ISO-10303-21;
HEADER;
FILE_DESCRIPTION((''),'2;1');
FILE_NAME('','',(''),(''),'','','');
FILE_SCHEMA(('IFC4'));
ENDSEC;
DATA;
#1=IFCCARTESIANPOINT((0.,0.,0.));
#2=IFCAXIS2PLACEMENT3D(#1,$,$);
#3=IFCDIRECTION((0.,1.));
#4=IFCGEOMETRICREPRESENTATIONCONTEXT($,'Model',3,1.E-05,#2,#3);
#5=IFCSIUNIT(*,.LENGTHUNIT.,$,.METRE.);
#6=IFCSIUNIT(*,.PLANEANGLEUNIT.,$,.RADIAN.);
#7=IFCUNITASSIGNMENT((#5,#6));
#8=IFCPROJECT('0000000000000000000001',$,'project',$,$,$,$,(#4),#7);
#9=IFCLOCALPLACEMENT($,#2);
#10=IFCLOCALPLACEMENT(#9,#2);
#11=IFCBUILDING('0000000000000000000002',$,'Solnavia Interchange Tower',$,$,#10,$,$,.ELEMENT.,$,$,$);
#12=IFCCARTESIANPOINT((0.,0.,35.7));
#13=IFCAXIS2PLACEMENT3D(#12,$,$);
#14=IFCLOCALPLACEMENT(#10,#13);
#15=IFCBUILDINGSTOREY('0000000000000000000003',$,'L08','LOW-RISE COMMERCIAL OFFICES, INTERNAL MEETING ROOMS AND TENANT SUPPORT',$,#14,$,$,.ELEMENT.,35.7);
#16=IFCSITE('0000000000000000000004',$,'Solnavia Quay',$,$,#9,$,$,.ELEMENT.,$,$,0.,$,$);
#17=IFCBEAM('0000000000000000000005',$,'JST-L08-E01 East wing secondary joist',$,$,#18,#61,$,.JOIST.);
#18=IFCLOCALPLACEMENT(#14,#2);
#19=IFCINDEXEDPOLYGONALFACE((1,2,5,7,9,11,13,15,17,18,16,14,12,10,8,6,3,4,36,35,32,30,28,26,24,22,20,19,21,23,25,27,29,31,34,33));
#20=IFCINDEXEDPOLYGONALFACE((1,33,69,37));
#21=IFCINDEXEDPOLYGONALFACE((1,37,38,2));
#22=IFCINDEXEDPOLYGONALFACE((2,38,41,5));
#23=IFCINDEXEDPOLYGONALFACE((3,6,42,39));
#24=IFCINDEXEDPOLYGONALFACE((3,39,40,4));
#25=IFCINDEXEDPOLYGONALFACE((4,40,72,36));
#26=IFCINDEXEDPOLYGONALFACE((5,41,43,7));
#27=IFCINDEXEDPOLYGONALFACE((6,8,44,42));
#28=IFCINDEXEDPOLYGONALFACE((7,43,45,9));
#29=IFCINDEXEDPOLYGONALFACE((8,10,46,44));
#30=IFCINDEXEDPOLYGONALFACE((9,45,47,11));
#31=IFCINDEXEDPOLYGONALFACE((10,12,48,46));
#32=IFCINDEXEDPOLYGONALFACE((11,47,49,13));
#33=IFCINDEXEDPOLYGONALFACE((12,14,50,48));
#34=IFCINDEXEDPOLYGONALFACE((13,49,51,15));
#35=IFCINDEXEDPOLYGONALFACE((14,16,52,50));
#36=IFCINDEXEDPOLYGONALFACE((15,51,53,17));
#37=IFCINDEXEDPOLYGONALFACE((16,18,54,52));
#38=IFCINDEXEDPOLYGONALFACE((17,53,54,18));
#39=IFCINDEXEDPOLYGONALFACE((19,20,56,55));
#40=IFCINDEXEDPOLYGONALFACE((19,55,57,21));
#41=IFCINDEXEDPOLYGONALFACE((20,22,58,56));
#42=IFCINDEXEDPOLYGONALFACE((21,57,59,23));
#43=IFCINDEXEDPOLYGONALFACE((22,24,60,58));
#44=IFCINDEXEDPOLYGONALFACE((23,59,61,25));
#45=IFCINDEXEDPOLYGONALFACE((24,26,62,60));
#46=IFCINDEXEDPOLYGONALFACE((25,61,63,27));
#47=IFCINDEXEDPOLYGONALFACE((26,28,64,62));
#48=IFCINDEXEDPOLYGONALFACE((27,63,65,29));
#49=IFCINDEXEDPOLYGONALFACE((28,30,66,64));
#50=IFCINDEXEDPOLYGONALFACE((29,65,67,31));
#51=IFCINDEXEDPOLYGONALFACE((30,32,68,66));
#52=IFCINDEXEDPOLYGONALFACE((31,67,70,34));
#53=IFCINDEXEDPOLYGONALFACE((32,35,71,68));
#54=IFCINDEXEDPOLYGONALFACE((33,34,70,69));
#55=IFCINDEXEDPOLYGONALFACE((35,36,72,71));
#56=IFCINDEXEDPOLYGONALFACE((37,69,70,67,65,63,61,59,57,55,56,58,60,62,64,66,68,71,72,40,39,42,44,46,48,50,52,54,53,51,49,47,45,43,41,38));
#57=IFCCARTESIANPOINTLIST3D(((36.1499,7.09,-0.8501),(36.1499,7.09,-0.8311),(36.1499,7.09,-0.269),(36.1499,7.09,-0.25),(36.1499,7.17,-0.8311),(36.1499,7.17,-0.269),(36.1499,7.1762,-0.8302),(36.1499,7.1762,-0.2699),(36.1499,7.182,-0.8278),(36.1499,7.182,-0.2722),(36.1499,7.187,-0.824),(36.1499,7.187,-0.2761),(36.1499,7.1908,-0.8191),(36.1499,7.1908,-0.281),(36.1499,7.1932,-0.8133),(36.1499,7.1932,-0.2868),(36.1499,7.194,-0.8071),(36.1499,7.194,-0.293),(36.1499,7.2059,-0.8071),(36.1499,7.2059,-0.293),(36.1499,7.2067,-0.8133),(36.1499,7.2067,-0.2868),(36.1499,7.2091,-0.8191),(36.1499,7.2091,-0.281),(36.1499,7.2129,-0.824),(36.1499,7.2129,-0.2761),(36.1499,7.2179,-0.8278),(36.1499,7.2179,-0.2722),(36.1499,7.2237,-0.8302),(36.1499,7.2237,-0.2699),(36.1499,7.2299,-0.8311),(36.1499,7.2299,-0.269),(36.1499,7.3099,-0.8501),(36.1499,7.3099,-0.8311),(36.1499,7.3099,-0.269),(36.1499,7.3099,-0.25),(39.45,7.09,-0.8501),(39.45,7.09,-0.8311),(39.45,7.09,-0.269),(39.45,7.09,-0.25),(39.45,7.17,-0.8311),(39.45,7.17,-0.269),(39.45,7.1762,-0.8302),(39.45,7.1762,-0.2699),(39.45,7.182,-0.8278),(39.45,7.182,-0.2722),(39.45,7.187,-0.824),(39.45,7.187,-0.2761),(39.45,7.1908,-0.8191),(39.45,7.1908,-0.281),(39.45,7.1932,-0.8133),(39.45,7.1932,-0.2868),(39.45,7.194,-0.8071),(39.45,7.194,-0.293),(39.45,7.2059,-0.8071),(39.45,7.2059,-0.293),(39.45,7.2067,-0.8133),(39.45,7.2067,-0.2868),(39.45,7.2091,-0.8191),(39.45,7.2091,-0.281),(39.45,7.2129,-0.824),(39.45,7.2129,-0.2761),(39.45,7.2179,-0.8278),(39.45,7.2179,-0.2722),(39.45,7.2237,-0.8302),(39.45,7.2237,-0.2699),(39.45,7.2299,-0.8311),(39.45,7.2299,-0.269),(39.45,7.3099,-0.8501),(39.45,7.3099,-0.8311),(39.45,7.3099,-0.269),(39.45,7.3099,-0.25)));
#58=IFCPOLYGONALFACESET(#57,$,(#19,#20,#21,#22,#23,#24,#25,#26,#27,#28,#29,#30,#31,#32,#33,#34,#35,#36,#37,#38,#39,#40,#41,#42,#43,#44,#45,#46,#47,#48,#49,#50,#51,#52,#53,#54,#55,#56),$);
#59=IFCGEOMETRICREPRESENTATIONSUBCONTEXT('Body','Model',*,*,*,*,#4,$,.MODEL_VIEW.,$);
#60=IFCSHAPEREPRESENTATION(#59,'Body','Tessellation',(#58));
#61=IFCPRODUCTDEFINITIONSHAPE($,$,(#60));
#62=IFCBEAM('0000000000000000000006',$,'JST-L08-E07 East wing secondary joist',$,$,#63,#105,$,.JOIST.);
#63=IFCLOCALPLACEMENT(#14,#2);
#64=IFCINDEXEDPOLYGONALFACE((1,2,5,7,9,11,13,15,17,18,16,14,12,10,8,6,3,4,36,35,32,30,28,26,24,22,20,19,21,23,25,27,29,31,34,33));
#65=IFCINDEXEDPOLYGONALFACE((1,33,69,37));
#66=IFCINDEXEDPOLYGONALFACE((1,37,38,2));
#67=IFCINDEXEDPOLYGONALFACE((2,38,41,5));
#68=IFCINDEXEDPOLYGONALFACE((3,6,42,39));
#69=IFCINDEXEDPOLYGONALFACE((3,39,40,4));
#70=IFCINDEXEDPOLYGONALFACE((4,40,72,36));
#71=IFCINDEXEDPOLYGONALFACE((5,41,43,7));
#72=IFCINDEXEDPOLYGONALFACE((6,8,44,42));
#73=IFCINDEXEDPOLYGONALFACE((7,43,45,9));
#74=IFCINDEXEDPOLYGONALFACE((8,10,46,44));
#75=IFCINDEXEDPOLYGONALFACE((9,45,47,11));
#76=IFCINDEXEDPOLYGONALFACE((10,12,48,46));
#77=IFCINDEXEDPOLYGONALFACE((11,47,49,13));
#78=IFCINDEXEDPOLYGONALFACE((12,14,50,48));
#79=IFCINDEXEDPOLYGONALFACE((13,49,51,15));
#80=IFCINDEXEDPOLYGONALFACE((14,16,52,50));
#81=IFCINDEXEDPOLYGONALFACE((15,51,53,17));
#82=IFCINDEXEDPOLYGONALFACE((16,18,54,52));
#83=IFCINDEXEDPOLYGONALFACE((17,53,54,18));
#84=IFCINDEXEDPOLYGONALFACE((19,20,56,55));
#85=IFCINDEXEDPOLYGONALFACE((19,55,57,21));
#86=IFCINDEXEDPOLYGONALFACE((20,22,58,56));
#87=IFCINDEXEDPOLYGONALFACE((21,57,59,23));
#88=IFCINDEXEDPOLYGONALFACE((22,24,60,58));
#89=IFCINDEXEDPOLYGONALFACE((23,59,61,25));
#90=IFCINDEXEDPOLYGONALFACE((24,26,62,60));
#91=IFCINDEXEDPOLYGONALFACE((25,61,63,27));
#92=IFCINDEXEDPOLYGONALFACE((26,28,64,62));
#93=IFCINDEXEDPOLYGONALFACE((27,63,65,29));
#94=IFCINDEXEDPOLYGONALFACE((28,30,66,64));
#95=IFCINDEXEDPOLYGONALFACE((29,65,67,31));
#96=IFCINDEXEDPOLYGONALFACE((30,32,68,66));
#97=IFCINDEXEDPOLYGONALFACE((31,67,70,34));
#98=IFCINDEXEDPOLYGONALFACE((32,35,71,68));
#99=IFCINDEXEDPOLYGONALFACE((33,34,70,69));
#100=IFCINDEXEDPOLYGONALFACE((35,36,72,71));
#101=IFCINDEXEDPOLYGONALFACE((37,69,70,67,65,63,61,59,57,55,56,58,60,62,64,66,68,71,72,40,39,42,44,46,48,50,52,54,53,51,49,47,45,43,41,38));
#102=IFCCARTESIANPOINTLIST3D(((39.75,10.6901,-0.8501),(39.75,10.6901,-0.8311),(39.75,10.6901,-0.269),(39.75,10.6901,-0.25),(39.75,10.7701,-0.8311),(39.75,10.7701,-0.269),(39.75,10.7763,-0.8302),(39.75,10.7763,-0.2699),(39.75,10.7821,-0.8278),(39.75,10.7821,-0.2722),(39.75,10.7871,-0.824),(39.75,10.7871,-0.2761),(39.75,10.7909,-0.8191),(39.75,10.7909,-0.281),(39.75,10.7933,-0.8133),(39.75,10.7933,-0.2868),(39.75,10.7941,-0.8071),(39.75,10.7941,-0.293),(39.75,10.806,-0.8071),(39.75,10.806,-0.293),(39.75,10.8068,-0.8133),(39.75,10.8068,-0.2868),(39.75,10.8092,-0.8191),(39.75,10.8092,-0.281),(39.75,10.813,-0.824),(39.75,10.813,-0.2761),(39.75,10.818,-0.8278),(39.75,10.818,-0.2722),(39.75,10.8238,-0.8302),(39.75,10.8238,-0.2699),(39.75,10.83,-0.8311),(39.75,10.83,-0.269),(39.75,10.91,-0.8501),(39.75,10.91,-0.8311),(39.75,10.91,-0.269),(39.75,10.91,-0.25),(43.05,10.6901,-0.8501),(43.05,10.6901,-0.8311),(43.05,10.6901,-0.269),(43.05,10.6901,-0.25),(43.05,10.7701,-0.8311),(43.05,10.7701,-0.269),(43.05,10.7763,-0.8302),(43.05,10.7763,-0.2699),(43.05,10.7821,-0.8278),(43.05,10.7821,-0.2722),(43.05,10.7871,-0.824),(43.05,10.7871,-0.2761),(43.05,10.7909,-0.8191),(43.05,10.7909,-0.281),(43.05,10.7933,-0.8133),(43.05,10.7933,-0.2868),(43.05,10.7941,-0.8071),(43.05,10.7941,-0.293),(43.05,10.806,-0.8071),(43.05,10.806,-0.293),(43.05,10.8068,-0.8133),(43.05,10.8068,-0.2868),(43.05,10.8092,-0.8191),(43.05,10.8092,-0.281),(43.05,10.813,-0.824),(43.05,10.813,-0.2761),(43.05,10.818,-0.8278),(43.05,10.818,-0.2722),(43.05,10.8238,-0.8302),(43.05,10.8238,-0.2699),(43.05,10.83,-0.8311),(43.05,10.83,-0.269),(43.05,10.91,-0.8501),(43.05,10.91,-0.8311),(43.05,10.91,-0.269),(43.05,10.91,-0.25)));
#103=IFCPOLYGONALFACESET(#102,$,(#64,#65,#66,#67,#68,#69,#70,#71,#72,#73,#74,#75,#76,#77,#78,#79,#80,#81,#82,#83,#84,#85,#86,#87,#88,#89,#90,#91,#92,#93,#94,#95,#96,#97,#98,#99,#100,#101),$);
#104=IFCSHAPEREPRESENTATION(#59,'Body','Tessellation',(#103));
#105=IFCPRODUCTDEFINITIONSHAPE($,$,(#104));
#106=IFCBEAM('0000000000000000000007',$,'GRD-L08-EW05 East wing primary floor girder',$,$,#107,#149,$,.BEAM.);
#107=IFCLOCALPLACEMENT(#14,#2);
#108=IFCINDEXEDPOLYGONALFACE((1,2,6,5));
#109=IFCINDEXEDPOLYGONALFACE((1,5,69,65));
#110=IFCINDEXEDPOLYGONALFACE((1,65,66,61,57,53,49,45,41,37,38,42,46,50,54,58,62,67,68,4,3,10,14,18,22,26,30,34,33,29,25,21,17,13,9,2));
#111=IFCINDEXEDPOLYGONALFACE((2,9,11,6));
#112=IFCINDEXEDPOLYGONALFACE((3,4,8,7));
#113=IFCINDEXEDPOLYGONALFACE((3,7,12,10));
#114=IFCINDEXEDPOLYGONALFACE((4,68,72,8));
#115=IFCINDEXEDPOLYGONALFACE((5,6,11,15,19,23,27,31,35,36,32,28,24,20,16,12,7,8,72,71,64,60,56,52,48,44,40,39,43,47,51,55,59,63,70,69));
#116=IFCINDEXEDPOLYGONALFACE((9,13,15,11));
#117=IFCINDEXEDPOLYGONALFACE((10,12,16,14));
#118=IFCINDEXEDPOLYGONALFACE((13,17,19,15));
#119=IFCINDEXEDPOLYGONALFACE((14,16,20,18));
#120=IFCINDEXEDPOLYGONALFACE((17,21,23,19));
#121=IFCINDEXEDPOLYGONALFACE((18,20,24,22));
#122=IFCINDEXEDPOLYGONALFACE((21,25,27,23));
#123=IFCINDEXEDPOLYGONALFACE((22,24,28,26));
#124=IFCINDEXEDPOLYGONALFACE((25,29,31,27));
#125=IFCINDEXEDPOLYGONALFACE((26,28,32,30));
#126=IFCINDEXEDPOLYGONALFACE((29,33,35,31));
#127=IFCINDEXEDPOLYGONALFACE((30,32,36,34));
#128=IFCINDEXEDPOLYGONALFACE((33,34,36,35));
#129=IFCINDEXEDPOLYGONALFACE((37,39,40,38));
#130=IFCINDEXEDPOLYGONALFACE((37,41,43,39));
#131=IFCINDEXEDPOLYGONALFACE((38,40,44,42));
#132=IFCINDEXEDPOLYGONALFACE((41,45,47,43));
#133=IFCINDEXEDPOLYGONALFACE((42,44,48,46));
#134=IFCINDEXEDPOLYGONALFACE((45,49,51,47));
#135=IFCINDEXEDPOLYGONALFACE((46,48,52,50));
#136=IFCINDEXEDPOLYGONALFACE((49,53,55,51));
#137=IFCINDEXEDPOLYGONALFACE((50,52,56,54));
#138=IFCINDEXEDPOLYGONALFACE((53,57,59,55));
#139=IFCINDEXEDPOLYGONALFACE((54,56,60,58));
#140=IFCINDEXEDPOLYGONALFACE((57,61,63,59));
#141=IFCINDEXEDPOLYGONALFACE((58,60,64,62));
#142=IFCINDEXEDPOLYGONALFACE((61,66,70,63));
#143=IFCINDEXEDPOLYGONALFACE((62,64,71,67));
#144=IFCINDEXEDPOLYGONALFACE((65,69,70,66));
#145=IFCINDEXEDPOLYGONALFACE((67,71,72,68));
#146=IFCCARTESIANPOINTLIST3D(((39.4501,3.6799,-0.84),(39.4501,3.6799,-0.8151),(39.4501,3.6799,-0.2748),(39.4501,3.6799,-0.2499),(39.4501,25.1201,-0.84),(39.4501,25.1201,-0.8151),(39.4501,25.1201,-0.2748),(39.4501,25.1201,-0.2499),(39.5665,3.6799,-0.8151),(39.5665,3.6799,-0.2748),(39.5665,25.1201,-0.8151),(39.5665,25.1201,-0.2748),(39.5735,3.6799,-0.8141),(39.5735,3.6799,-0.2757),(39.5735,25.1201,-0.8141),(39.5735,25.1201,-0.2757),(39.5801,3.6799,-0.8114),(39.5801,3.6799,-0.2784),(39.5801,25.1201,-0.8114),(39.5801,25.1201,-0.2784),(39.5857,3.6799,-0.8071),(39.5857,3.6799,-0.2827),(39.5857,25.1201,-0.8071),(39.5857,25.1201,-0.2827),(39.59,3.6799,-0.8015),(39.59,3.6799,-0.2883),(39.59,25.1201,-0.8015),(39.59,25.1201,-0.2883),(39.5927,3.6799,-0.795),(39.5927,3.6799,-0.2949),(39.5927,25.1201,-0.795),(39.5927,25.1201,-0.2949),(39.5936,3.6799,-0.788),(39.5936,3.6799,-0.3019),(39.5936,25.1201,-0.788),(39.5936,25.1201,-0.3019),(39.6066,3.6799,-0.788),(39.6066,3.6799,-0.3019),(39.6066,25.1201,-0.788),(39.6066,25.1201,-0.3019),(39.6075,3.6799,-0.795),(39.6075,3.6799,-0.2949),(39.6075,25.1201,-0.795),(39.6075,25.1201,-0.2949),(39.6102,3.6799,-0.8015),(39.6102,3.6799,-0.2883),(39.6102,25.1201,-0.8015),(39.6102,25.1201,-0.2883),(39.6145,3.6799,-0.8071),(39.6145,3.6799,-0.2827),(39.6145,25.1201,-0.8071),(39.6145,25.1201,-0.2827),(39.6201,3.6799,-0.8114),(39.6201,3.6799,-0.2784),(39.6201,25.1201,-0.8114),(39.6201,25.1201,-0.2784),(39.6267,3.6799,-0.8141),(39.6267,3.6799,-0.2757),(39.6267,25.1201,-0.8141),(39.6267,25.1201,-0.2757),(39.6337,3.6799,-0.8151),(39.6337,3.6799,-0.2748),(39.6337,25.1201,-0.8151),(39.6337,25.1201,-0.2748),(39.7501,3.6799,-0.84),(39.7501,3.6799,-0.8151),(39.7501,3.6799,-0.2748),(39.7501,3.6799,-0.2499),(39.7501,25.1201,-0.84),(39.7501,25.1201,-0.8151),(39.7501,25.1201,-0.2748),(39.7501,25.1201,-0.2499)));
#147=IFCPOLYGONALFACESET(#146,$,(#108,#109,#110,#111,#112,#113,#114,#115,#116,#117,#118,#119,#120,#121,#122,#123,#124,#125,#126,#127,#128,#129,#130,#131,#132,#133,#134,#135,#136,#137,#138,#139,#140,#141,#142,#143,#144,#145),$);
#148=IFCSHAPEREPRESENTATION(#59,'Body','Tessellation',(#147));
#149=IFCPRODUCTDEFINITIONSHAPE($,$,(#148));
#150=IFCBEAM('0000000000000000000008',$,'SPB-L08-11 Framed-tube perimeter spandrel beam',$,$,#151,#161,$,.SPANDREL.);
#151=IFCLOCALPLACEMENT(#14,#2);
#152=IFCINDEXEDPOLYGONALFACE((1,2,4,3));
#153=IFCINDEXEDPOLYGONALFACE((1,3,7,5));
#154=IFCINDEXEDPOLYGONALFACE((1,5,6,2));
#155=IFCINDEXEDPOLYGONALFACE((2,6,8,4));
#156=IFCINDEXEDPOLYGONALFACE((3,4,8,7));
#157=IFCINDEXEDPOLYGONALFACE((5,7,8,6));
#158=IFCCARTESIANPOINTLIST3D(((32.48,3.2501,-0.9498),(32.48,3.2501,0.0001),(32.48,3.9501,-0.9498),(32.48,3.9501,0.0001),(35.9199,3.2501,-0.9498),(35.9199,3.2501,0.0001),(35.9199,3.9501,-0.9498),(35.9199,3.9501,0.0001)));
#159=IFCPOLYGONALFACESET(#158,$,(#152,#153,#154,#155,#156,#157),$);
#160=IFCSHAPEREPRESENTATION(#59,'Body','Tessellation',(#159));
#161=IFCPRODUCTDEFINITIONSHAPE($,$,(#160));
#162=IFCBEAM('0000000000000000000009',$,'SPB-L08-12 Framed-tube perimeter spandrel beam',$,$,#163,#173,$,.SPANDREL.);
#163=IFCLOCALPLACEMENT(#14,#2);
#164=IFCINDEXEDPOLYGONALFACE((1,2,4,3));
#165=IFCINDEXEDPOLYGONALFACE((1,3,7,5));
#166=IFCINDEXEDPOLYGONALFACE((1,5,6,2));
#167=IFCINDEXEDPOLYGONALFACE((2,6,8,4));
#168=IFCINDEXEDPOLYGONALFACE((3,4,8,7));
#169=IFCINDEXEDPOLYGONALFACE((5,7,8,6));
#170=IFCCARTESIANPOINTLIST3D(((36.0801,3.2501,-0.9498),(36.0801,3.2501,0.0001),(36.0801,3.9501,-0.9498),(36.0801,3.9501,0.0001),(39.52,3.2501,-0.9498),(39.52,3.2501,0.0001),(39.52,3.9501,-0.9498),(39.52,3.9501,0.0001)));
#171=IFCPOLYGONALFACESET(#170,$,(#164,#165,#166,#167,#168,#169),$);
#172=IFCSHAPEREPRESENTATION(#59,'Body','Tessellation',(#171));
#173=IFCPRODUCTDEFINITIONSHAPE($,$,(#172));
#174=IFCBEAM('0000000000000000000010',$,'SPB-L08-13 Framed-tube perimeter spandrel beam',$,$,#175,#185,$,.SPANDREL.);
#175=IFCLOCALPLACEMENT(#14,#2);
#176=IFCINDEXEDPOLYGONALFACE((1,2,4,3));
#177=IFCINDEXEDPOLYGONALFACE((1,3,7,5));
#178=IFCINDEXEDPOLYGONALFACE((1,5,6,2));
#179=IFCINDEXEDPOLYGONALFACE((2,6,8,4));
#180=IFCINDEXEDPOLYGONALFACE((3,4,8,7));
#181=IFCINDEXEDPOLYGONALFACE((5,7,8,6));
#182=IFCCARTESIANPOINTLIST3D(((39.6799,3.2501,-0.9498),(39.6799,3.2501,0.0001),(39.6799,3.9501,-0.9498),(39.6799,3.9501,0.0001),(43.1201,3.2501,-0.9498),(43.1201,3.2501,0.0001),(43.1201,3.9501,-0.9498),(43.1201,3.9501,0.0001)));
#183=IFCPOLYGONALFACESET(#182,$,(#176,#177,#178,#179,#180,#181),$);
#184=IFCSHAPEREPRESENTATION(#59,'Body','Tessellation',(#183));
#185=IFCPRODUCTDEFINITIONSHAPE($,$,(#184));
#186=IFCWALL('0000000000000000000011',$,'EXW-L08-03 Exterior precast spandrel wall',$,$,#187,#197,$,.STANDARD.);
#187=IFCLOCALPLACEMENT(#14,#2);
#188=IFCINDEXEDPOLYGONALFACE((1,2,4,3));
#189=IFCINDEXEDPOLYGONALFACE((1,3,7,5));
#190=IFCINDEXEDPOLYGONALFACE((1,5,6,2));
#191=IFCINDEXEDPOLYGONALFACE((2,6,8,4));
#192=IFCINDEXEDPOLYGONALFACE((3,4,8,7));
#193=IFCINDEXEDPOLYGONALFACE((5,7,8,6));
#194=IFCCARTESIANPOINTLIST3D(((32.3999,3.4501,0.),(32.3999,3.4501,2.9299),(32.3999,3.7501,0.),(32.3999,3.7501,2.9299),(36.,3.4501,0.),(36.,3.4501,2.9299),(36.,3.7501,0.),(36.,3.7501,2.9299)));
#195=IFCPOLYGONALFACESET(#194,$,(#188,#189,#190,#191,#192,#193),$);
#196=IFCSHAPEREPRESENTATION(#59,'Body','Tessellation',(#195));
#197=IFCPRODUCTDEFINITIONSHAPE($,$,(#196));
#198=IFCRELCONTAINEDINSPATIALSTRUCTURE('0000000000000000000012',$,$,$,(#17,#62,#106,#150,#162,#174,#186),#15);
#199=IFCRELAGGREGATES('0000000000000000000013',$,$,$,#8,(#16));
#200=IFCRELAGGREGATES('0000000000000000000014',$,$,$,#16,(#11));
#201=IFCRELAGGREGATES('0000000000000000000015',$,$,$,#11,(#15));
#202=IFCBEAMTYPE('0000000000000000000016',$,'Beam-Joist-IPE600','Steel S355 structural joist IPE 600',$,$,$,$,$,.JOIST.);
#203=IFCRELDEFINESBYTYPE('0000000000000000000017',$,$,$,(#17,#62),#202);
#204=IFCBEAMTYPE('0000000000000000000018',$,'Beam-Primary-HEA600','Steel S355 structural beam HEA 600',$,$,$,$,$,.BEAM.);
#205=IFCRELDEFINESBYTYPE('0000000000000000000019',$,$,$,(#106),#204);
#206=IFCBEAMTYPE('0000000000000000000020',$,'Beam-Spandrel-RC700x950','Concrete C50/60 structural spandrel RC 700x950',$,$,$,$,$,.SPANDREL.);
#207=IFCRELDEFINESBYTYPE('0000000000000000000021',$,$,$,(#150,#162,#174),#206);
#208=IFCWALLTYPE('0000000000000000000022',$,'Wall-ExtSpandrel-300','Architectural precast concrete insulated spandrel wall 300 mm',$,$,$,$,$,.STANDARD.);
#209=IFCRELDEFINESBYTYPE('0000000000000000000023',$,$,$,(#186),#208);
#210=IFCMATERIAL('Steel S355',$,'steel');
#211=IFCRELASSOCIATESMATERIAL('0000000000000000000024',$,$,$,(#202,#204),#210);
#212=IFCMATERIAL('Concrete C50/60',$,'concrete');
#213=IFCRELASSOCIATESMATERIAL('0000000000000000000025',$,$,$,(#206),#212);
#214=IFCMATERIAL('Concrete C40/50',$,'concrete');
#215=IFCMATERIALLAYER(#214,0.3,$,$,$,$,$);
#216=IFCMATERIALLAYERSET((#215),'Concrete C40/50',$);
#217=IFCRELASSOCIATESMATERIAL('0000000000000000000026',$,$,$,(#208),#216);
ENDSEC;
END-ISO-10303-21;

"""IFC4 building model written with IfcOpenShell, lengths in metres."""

from ifc_helpers import new_model, si_unit, direction, frame, frame_2d, origin, origin_2d, place, context, subcontext, project, spatial, rectangle, i_section, extrude, material, layer, layer_set, material_profile, profile_set, type_object, element, save


model = new_model("IFC4")

# Units and contexts
model_context = context("Model", 3, precision=1e-05, world=origin(), true_north=direction((0.0, 1.0)))
body_context = subcontext(model_context, "Body", "Model", "MODEL_VIEW")
ifc_project = project(units=[si_unit("LENGTHUNIT", "METRE"), si_unit("PLANEANGLEUNIT", "RADIAN")], contexts=[model_context])

# Site, building, storey
site_placement = place(None, origin())
site = spatial("IfcSite", under=ifc_project, at=site_placement, Name="Solnavia Quay", CompositionType="ELEMENT", RefElevation=0.0)
building_placement = place(site_placement, origin())
building = spatial("IfcBuilding", under=site, at=building_placement, Name="Solnavia Interchange Tower", CompositionType="ELEMENT")
storey_placement = place(building_placement, frame((0.0, 0.0, 35.7)))
storey = spatial("IfcBuildingStorey", under=building, at=storey_placement, Name="L08", Description="LOW-RISE COMMERCIAL OFFICES, INTERNAL MEETING ROOMS AND TENANT SUPPORT", CompositionType="ELEMENT", Elevation=35.7)

# Shared definitions
ifc_material_1 = material(Name="Steel S355", Category="steel")

# Beams
ifc_material_2 = material(Name="Concrete C50/60", Category="concrete")
ifc_material_profile_1 = material_profile(ifc_material_1, i_section(OverallWidth=0.22, OverallDepth=0.6001, WebThickness=0.012, FlangeThickness=0.019, FilletRadius=0.0239, at=origin_2d()), Name="IPE 600")
ifc_profile_set_1 = profile_set([ifc_material_profile_1], Name="Steel S355")
beam_type_1 = type_object("IfcBeamType", Name="Beam-Joist-IPE600", Description="Steel S355 structural joist IPE 600", PredefinedType="JOIST", material=ifc_profile_set_1)
for number, where, z_axis, x_axis, name in (
    (1, (36.1499, 7.2, -0.55), (1.0, 0.0, 0.0), (0.0, 1.0, 0.0), "JST-L08-E01 East wing secondary joist"),
    (2, (39.75, 10.8, -0.55), (1.0, 0.0, 0.0), (0.0, 1.0, 0.0), "JST-L08-E07 East wing secondary joist"),
):
    element("IfcBeam", number, at=place(storey_placement, frame(where, z_axis=z_axis, x_axis=x_axis)), inside=storey, type_object=beam_type_1, Name=name, PredefinedType="JOIST", context=body_context, shape_type="SweptSolid", body=[
        extrude(i_section(OverallWidth=0.22, OverallDepth=0.6001, WebThickness=0.012, FlangeThickness=0.019, FilletRadius=0.0239, at=origin_2d()), origin(), (0.0, 0.0, 1.0), 3.3),
    ])
ifc_material_profile_2 = material_profile(ifc_material_1, i_section(OverallWidth=0.3, OverallDepth=0.5901, WebThickness=0.0129, FlangeThickness=0.0249, FilletRadius=0.0271, at=origin_2d()), Name="HEA 600")
ifc_profile_set_2 = profile_set([ifc_material_profile_2], Name="Steel S355")
beam_type_2 = type_object("IfcBeamType", Name="Beam-Primary-HEA600", Description="Steel S355 structural beam HEA 600", PredefinedType="BEAM", material=ifc_profile_set_2)
beam_1_placement = place(storey_placement, frame((39.6001, 3.6799, -0.5449), z_axis=(0.0, 1.0, 0.0), x_axis=(-1.0, 0.0, 0.0)))
element("IfcBeam", 3, at=beam_1_placement, inside=storey, type_object=beam_type_2, Name="GRD-L08-EW05 East wing primary floor girder", PredefinedType="BEAM", context=body_context, shape_type="SweptSolid", body=[
    extrude(i_section(OverallWidth=0.3, OverallDepth=0.5901, WebThickness=0.0129, FlangeThickness=0.0249, FilletRadius=0.0271, at=origin_2d()), origin(), (0.0, 0.0, 1.0), 21.4402),
])
ifc_material_profile_3 = material_profile(ifc_material_2, rectangle(XDim=0.7, YDim=0.95, at=origin_2d()), Name="RC 700x950")
ifc_profile_set_3 = profile_set([ifc_material_profile_3], Name="Concrete C50/60")
beam_type_3 = type_object("IfcBeamType", Name="Beam-Spandrel-RC700x950", Description="Concrete C50/60 structural spandrel RC 700x950", PredefinedType="SPANDREL", material=ifc_profile_set_3)
for number, where, z_axis, x_axis, name in (
    (4, (32.48, 3.6001, -0.4749), (1.0, 0.0, 0.0), (0.0, 1.0, 0.0), "SPB-L08-11 Framed-tube perimeter spandrel beam"),
    (5, (36.0801, 3.6001, -0.4749), (1.0, 0.0, 0.0), (0.0, 1.0, 0.0), "SPB-L08-12 Framed-tube perimeter spandrel beam"),
):
    element("IfcBeam", number, at=place(storey_placement, frame(where, z_axis=z_axis, x_axis=x_axis)), inside=storey, type_object=beam_type_3, Name=name, PredefinedType="SPANDREL", context=body_context, shape_type="SweptSolid", body=[
        extrude(rectangle(XDim=0.7, YDim=0.95, at=origin_2d()), origin(), (0.0, 0.0, 1.0), 3.4399),
    ])
beam_2_placement = place(storey_placement, frame((39.6799, 3.6001, -0.4749), z_axis=(1.0, 0.0, 0.0), x_axis=(0.0, 1.0, 0.0)))
element("IfcBeam", 6, at=beam_2_placement, inside=storey, type_object=beam_type_3, Name="SPB-L08-13 Framed-tube perimeter spandrel beam", PredefinedType="SPANDREL", context=body_context, shape_type="SweptSolid", body=[
    extrude(rectangle(XDim=0.7, YDim=0.95, at=origin_2d()), origin(), (0.0, 0.0, 1.0), 3.4402),
])

# Wall
ifc_material_3 = material(Name="Concrete C40/50", Category="concrete")
ifc_layer_1 = layer(ifc_material_3, 0.3)
ifc_layer_set_1 = layer_set([ifc_layer_1], Name="Concrete C40/50")
wall_type_1 = type_object("IfcWallType", Name="Wall-ExtSpandrel-300", Description="Architectural precast concrete insulated spandrel wall 300 mm", PredefinedType="STANDARD", material=ifc_layer_set_1)
for number, where, z_axis, x_axis, name in (
    (7, (36.0, 3.6001, 0.0), (0.0, 0.0, 1.0), (-1.0, 0.0, 0.0), "EXW-L08-03 Exterior precast spandrel wall"),
):
    element("IfcWall", number, at=place(storey_placement, frame(where, z_axis=z_axis, x_axis=x_axis)), inside=storey, type_object=wall_type_1, Name=name, PredefinedType="STANDARD", context=body_context, shape_type="SweptSolid", body=[
        extrude(rectangle(XDim=3.6001, YDim=0.3, at=frame_2d((1.8, 0.0))), origin(), (0.0, 0.0, 1.0), 2.9299),
    ])

save(model, "model.ifc")
